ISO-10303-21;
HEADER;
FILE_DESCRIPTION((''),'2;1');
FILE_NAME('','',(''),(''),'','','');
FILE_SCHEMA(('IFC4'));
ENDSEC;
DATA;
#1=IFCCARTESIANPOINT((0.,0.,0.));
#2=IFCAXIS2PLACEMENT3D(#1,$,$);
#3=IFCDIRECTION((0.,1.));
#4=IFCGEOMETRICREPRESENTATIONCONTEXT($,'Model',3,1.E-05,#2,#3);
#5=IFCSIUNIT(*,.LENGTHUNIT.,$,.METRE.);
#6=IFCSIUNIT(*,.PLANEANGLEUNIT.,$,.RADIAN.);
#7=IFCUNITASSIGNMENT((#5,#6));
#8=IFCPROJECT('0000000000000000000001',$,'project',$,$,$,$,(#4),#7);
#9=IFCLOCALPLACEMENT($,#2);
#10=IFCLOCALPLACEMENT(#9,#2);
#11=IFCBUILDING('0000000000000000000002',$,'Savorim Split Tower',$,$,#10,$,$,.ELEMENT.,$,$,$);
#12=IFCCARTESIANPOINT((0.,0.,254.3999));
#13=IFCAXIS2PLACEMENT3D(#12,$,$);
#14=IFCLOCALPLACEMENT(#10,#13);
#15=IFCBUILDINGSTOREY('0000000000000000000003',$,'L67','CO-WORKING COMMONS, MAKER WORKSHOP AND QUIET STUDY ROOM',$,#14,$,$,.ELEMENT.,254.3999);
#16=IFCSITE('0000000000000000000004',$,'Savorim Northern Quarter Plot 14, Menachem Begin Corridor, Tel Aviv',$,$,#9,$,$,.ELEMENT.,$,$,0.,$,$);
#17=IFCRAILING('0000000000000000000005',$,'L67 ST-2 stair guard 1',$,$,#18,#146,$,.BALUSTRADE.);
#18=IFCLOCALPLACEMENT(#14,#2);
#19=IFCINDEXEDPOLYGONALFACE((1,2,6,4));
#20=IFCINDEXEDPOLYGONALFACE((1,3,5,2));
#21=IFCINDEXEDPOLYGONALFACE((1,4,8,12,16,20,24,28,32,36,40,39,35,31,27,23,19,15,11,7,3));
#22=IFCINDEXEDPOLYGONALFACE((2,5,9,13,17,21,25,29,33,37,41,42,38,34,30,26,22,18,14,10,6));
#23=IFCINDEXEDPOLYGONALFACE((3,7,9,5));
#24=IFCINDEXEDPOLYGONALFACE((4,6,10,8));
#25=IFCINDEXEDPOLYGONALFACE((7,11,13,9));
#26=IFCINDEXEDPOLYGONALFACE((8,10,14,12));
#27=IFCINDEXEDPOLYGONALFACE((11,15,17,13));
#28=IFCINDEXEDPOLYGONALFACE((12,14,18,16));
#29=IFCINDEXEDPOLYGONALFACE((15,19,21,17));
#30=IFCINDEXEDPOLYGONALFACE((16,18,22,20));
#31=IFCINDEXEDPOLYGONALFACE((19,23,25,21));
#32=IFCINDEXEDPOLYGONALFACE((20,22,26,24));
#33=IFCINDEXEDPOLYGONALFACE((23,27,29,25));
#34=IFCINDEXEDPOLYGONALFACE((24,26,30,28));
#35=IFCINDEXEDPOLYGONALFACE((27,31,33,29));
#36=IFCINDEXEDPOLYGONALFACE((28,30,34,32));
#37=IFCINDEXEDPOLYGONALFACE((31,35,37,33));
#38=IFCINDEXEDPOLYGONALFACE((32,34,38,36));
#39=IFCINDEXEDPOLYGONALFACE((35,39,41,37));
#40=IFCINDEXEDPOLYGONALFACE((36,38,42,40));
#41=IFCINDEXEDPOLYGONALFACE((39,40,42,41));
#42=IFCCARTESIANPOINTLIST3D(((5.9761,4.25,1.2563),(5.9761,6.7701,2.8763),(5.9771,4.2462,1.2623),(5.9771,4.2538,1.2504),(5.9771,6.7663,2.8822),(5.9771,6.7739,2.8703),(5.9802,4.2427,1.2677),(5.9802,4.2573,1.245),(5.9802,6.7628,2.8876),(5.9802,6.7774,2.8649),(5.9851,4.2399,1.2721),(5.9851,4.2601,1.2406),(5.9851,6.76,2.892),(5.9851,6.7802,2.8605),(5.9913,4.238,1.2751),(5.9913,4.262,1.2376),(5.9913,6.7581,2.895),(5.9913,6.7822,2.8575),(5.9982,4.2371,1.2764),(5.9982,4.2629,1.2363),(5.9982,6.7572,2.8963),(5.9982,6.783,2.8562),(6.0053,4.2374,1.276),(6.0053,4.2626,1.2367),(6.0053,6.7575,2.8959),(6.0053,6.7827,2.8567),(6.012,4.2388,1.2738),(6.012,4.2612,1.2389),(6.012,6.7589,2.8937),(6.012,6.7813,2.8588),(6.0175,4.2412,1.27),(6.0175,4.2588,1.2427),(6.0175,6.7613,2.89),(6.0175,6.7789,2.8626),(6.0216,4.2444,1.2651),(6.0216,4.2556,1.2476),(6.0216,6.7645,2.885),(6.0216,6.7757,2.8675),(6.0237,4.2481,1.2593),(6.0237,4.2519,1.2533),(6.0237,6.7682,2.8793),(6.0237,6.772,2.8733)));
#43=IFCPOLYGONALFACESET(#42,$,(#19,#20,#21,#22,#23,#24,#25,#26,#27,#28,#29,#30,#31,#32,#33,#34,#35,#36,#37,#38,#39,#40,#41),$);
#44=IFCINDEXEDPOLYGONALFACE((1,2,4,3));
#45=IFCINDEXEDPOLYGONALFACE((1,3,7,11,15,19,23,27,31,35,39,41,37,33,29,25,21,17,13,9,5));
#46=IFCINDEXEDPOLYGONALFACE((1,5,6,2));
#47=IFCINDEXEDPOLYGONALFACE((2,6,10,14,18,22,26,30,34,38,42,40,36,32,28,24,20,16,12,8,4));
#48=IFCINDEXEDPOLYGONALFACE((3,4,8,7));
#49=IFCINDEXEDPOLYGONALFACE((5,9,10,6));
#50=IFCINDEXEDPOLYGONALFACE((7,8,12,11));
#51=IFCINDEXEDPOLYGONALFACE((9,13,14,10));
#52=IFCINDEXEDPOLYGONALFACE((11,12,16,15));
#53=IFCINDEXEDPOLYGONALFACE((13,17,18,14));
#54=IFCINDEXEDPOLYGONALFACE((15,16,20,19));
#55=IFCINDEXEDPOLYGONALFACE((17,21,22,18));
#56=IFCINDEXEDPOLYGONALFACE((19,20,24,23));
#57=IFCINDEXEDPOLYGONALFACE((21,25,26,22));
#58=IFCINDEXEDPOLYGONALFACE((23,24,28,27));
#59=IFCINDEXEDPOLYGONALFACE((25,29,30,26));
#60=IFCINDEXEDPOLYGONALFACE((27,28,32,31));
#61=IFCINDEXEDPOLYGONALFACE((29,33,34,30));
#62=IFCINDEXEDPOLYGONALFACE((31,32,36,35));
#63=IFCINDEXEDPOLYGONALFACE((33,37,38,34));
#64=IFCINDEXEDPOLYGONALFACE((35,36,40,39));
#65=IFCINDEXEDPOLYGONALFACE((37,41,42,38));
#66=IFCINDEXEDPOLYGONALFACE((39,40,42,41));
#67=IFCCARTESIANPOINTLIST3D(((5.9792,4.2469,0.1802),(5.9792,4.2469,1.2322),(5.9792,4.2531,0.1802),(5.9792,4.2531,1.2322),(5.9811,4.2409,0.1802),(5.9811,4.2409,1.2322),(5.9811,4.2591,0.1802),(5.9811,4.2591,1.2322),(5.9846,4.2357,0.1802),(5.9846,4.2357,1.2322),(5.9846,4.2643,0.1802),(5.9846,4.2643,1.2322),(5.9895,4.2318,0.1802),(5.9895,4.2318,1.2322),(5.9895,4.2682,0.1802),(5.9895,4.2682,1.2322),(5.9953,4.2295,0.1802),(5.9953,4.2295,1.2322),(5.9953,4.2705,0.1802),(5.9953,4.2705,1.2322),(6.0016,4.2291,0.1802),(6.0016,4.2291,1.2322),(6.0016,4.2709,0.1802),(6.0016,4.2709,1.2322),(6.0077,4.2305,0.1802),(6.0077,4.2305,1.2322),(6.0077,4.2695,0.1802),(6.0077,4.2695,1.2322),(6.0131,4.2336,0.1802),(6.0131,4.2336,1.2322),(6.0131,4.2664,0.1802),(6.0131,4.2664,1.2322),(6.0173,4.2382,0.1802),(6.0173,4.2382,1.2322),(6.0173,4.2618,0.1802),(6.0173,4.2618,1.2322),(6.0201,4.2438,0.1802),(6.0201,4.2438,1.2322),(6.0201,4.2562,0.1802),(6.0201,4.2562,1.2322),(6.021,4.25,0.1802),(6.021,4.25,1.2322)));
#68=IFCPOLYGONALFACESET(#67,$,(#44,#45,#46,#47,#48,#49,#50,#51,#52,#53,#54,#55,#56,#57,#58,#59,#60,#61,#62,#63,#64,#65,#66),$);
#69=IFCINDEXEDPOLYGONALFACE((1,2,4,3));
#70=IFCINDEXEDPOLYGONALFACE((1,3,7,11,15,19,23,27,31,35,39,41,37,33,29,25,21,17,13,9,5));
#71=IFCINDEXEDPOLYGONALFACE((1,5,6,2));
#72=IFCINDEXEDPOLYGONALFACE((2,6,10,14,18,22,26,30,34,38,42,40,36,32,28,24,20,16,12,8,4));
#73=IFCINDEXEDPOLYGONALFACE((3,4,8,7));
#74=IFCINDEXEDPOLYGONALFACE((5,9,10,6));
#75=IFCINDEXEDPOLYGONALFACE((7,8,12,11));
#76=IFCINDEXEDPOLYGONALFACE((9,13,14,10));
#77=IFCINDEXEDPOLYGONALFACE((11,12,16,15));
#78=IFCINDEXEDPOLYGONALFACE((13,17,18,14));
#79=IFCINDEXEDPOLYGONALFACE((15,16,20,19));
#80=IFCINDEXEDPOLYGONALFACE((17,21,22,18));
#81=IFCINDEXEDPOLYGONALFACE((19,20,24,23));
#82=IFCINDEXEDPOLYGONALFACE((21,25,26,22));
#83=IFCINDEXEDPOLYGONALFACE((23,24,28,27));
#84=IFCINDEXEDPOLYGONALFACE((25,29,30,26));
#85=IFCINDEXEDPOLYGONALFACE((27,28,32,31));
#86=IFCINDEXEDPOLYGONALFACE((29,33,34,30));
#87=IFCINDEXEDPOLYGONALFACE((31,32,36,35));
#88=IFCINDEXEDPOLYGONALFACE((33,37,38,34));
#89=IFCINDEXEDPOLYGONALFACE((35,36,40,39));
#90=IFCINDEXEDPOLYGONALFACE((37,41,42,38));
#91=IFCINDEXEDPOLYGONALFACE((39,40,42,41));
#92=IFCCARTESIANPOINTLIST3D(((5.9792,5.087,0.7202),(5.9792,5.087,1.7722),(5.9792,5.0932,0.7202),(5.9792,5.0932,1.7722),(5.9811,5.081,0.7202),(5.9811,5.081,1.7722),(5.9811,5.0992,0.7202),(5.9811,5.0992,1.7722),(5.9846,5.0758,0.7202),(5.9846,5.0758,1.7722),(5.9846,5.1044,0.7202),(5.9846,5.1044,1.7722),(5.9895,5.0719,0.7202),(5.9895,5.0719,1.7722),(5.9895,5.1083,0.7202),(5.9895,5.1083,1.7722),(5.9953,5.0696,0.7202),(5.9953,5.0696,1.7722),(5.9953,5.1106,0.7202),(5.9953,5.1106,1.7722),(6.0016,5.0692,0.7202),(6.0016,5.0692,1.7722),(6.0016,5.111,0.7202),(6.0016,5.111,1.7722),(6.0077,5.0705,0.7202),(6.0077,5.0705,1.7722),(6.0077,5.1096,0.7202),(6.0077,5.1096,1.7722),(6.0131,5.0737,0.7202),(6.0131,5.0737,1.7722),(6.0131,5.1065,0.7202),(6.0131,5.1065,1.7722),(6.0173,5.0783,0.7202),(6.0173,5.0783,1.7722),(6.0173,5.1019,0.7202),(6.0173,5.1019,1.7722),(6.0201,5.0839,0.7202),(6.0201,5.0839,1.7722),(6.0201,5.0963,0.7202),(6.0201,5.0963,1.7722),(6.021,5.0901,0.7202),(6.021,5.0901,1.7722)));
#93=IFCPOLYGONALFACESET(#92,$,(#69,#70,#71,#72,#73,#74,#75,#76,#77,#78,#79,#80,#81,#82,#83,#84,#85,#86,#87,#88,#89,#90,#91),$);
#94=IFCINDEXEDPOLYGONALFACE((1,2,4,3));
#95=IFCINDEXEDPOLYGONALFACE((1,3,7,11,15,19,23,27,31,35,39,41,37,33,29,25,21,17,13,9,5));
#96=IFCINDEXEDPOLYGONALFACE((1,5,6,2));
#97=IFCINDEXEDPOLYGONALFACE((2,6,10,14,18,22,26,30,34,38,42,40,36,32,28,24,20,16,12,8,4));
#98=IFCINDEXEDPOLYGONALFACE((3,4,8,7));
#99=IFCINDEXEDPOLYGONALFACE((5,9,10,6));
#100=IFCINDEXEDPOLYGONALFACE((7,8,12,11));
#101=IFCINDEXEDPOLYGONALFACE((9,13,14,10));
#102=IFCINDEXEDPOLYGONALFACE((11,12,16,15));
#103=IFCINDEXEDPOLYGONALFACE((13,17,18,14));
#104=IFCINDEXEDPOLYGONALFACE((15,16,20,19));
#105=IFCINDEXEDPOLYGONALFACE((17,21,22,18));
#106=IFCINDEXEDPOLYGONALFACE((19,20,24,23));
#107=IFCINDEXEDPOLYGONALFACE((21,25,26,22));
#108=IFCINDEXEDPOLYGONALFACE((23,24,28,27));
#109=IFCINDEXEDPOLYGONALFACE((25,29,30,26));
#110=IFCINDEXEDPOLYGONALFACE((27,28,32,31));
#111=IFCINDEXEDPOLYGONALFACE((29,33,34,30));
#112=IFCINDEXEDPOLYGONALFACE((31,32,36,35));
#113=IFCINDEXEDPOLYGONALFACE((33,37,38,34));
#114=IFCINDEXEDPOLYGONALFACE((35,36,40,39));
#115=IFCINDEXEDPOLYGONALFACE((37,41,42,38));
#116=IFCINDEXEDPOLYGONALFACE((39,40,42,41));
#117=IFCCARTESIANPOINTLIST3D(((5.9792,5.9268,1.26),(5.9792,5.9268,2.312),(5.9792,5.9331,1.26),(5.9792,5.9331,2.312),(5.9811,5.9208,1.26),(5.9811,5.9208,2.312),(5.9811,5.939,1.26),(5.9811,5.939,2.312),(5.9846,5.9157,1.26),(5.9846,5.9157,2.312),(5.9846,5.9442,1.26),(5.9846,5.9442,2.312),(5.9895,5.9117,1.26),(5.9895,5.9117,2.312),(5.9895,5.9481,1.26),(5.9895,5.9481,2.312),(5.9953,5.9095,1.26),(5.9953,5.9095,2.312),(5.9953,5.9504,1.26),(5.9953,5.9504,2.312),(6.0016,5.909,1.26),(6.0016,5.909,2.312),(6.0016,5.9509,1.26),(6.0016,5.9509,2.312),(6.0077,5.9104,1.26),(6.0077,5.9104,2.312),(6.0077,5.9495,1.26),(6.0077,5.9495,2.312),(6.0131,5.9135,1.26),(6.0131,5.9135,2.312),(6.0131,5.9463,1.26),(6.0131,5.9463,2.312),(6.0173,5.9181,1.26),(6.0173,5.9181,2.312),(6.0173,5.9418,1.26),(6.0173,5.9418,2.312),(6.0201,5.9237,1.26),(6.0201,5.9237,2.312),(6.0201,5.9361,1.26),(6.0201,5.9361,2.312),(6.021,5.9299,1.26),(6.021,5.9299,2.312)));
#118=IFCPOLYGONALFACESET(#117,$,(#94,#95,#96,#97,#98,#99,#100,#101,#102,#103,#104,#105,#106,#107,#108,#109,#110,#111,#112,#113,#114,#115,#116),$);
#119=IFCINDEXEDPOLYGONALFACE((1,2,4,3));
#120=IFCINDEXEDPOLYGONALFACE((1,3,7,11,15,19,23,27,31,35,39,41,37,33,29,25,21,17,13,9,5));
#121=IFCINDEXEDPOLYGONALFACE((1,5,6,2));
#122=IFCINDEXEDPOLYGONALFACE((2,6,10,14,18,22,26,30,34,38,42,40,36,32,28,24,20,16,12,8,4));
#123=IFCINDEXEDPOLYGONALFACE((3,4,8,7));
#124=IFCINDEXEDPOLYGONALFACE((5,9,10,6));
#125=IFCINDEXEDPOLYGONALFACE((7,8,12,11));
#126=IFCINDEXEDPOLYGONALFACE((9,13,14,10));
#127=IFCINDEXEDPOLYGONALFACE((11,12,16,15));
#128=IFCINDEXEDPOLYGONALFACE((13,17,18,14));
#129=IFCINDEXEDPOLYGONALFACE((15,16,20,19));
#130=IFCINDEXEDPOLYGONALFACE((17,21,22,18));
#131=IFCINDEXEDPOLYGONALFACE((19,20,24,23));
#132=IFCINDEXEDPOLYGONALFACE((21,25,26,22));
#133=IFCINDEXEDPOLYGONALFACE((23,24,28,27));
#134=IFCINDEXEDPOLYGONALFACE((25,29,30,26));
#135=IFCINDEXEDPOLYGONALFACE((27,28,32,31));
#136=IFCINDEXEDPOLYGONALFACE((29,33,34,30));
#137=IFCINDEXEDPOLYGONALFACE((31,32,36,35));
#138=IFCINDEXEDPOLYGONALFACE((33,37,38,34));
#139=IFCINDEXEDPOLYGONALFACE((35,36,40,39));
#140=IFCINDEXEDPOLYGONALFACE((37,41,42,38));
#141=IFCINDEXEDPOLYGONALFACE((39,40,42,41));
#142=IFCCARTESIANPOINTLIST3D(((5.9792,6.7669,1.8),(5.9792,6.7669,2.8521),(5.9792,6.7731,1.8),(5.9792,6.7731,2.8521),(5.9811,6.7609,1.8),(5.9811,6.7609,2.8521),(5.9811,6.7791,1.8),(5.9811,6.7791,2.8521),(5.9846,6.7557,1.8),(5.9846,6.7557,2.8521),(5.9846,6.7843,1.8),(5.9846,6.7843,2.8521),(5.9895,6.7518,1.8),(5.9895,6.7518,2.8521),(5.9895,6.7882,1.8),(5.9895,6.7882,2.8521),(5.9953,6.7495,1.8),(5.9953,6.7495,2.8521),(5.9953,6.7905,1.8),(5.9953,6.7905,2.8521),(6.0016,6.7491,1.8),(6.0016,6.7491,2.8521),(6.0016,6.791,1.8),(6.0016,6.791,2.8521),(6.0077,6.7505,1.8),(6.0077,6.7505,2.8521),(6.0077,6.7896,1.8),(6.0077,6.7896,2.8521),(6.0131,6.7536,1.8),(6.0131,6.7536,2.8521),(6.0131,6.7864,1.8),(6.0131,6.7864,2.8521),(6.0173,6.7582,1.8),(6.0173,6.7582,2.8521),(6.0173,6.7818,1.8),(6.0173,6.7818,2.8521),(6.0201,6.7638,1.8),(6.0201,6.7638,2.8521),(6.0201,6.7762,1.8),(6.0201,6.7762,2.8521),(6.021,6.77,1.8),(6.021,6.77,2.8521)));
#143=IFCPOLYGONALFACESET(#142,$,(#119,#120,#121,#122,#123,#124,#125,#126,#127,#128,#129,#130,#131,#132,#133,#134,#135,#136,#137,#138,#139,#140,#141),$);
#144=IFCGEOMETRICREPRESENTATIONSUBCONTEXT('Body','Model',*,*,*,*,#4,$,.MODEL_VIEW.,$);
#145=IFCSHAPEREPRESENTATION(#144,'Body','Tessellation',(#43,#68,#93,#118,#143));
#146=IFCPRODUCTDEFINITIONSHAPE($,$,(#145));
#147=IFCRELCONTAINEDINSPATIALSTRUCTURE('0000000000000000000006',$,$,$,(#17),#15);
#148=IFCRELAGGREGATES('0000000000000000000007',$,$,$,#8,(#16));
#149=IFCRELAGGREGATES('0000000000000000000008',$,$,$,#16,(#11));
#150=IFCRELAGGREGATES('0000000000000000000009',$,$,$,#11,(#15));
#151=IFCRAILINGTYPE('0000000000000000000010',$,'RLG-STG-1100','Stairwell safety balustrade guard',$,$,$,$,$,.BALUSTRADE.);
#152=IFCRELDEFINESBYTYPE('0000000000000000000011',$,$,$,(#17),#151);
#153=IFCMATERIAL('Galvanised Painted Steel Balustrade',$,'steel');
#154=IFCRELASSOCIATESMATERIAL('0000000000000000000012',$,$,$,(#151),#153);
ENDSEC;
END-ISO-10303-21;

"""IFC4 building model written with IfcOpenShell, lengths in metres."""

from ifc_helpers import new_model, si_unit, direction, frame, origin, origin_2d, place, context, subcontext, project, spatial, circle, extrude, material, type_object, element, save


model = new_model("IFC4")

# Units and contexts
model_context = context("Model", 3, precision=1e-05, world=origin(), true_north=direction((0.0, 1.0)))
body_context = subcontext(model_context, "Body", "Model", "MODEL_VIEW")
ifc_project = project(units=[si_unit("LENGTHUNIT", "METRE"), si_unit("PLANEANGLEUNIT", "RADIAN")], contexts=[model_context])

# Site, building, storey
site_placement = place(None, origin())
site = spatial("IfcSite", under=ifc_project, at=site_placement, Name="Savorim Northern Quarter Plot 14, Menachem Begin Corridor, Tel Aviv", CompositionType="ELEMENT", RefElevation=0.0)
building_placement = place(site_placement, origin())
building = spatial("IfcBuilding", under=site, at=building_placement, Name="Savorim Split Tower", CompositionType="ELEMENT")
storey_placement = place(building_placement, frame((0.0, 0.0, 254.3999)))
storey = spatial("IfcBuildingStorey", under=building, at=storey_placement, Name="L67", Description="CO-WORKING COMMONS, MAKER WORKSHOP AND QUIET STUDY ROOM", CompositionType="ELEMENT", Elevation=254.3999)

# Railing
ifc_material_1 = material(Name="Galvanised Painted Steel Balustrade", Category="steel")
railing_type_1 = type_object("IfcRailingType", Name="RLG-STG-1100", Description="Stairwell safety balustrade guard", PredefinedType="BALUSTRADE", material=ifc_material_1)
railing_1_placement = place(storey_placement, frame((6.0, 4.25, 0.1802)))
element("IfcRailing", 1, at=railing_1_placement, inside=storey, type_object=railing_type_1, Name="L67 ST-2 stair guard 1", PredefinedType="BALUSTRADE", context=body_context, shape_type="SweptSolid", body=[
    extrude(circle(Radius=0.0239, at=origin_2d()), frame((0.0, 0.0, 1.0762), z_axis=(0.0, 0.8412, 0.540725), x_axis=(-1.0, 0.0, 0.0)), (0.0, 0.0, 1.0), 2.9958),
    extrude(circle(Radius=0.021, at=origin_2d()), origin(), (0.0, 0.0, 1.0), 1.052),
    extrude(circle(Radius=0.021, at=origin_2d()), frame((0.0, 0.8401, 0.54)), (0.0, 0.0, 1.0), 1.052),
    extrude(circle(Radius=0.021, at=origin_2d()), frame((0.0, 1.6799, 1.0798)), (0.0, 0.0, 1.0), 1.052),
    extrude(circle(Radius=0.021, at=origin_2d()), frame((0.0, 2.52, 1.6199)), (0.0, 0.0, 1.0), 1.052),
])

save(model, "model.ifc")
